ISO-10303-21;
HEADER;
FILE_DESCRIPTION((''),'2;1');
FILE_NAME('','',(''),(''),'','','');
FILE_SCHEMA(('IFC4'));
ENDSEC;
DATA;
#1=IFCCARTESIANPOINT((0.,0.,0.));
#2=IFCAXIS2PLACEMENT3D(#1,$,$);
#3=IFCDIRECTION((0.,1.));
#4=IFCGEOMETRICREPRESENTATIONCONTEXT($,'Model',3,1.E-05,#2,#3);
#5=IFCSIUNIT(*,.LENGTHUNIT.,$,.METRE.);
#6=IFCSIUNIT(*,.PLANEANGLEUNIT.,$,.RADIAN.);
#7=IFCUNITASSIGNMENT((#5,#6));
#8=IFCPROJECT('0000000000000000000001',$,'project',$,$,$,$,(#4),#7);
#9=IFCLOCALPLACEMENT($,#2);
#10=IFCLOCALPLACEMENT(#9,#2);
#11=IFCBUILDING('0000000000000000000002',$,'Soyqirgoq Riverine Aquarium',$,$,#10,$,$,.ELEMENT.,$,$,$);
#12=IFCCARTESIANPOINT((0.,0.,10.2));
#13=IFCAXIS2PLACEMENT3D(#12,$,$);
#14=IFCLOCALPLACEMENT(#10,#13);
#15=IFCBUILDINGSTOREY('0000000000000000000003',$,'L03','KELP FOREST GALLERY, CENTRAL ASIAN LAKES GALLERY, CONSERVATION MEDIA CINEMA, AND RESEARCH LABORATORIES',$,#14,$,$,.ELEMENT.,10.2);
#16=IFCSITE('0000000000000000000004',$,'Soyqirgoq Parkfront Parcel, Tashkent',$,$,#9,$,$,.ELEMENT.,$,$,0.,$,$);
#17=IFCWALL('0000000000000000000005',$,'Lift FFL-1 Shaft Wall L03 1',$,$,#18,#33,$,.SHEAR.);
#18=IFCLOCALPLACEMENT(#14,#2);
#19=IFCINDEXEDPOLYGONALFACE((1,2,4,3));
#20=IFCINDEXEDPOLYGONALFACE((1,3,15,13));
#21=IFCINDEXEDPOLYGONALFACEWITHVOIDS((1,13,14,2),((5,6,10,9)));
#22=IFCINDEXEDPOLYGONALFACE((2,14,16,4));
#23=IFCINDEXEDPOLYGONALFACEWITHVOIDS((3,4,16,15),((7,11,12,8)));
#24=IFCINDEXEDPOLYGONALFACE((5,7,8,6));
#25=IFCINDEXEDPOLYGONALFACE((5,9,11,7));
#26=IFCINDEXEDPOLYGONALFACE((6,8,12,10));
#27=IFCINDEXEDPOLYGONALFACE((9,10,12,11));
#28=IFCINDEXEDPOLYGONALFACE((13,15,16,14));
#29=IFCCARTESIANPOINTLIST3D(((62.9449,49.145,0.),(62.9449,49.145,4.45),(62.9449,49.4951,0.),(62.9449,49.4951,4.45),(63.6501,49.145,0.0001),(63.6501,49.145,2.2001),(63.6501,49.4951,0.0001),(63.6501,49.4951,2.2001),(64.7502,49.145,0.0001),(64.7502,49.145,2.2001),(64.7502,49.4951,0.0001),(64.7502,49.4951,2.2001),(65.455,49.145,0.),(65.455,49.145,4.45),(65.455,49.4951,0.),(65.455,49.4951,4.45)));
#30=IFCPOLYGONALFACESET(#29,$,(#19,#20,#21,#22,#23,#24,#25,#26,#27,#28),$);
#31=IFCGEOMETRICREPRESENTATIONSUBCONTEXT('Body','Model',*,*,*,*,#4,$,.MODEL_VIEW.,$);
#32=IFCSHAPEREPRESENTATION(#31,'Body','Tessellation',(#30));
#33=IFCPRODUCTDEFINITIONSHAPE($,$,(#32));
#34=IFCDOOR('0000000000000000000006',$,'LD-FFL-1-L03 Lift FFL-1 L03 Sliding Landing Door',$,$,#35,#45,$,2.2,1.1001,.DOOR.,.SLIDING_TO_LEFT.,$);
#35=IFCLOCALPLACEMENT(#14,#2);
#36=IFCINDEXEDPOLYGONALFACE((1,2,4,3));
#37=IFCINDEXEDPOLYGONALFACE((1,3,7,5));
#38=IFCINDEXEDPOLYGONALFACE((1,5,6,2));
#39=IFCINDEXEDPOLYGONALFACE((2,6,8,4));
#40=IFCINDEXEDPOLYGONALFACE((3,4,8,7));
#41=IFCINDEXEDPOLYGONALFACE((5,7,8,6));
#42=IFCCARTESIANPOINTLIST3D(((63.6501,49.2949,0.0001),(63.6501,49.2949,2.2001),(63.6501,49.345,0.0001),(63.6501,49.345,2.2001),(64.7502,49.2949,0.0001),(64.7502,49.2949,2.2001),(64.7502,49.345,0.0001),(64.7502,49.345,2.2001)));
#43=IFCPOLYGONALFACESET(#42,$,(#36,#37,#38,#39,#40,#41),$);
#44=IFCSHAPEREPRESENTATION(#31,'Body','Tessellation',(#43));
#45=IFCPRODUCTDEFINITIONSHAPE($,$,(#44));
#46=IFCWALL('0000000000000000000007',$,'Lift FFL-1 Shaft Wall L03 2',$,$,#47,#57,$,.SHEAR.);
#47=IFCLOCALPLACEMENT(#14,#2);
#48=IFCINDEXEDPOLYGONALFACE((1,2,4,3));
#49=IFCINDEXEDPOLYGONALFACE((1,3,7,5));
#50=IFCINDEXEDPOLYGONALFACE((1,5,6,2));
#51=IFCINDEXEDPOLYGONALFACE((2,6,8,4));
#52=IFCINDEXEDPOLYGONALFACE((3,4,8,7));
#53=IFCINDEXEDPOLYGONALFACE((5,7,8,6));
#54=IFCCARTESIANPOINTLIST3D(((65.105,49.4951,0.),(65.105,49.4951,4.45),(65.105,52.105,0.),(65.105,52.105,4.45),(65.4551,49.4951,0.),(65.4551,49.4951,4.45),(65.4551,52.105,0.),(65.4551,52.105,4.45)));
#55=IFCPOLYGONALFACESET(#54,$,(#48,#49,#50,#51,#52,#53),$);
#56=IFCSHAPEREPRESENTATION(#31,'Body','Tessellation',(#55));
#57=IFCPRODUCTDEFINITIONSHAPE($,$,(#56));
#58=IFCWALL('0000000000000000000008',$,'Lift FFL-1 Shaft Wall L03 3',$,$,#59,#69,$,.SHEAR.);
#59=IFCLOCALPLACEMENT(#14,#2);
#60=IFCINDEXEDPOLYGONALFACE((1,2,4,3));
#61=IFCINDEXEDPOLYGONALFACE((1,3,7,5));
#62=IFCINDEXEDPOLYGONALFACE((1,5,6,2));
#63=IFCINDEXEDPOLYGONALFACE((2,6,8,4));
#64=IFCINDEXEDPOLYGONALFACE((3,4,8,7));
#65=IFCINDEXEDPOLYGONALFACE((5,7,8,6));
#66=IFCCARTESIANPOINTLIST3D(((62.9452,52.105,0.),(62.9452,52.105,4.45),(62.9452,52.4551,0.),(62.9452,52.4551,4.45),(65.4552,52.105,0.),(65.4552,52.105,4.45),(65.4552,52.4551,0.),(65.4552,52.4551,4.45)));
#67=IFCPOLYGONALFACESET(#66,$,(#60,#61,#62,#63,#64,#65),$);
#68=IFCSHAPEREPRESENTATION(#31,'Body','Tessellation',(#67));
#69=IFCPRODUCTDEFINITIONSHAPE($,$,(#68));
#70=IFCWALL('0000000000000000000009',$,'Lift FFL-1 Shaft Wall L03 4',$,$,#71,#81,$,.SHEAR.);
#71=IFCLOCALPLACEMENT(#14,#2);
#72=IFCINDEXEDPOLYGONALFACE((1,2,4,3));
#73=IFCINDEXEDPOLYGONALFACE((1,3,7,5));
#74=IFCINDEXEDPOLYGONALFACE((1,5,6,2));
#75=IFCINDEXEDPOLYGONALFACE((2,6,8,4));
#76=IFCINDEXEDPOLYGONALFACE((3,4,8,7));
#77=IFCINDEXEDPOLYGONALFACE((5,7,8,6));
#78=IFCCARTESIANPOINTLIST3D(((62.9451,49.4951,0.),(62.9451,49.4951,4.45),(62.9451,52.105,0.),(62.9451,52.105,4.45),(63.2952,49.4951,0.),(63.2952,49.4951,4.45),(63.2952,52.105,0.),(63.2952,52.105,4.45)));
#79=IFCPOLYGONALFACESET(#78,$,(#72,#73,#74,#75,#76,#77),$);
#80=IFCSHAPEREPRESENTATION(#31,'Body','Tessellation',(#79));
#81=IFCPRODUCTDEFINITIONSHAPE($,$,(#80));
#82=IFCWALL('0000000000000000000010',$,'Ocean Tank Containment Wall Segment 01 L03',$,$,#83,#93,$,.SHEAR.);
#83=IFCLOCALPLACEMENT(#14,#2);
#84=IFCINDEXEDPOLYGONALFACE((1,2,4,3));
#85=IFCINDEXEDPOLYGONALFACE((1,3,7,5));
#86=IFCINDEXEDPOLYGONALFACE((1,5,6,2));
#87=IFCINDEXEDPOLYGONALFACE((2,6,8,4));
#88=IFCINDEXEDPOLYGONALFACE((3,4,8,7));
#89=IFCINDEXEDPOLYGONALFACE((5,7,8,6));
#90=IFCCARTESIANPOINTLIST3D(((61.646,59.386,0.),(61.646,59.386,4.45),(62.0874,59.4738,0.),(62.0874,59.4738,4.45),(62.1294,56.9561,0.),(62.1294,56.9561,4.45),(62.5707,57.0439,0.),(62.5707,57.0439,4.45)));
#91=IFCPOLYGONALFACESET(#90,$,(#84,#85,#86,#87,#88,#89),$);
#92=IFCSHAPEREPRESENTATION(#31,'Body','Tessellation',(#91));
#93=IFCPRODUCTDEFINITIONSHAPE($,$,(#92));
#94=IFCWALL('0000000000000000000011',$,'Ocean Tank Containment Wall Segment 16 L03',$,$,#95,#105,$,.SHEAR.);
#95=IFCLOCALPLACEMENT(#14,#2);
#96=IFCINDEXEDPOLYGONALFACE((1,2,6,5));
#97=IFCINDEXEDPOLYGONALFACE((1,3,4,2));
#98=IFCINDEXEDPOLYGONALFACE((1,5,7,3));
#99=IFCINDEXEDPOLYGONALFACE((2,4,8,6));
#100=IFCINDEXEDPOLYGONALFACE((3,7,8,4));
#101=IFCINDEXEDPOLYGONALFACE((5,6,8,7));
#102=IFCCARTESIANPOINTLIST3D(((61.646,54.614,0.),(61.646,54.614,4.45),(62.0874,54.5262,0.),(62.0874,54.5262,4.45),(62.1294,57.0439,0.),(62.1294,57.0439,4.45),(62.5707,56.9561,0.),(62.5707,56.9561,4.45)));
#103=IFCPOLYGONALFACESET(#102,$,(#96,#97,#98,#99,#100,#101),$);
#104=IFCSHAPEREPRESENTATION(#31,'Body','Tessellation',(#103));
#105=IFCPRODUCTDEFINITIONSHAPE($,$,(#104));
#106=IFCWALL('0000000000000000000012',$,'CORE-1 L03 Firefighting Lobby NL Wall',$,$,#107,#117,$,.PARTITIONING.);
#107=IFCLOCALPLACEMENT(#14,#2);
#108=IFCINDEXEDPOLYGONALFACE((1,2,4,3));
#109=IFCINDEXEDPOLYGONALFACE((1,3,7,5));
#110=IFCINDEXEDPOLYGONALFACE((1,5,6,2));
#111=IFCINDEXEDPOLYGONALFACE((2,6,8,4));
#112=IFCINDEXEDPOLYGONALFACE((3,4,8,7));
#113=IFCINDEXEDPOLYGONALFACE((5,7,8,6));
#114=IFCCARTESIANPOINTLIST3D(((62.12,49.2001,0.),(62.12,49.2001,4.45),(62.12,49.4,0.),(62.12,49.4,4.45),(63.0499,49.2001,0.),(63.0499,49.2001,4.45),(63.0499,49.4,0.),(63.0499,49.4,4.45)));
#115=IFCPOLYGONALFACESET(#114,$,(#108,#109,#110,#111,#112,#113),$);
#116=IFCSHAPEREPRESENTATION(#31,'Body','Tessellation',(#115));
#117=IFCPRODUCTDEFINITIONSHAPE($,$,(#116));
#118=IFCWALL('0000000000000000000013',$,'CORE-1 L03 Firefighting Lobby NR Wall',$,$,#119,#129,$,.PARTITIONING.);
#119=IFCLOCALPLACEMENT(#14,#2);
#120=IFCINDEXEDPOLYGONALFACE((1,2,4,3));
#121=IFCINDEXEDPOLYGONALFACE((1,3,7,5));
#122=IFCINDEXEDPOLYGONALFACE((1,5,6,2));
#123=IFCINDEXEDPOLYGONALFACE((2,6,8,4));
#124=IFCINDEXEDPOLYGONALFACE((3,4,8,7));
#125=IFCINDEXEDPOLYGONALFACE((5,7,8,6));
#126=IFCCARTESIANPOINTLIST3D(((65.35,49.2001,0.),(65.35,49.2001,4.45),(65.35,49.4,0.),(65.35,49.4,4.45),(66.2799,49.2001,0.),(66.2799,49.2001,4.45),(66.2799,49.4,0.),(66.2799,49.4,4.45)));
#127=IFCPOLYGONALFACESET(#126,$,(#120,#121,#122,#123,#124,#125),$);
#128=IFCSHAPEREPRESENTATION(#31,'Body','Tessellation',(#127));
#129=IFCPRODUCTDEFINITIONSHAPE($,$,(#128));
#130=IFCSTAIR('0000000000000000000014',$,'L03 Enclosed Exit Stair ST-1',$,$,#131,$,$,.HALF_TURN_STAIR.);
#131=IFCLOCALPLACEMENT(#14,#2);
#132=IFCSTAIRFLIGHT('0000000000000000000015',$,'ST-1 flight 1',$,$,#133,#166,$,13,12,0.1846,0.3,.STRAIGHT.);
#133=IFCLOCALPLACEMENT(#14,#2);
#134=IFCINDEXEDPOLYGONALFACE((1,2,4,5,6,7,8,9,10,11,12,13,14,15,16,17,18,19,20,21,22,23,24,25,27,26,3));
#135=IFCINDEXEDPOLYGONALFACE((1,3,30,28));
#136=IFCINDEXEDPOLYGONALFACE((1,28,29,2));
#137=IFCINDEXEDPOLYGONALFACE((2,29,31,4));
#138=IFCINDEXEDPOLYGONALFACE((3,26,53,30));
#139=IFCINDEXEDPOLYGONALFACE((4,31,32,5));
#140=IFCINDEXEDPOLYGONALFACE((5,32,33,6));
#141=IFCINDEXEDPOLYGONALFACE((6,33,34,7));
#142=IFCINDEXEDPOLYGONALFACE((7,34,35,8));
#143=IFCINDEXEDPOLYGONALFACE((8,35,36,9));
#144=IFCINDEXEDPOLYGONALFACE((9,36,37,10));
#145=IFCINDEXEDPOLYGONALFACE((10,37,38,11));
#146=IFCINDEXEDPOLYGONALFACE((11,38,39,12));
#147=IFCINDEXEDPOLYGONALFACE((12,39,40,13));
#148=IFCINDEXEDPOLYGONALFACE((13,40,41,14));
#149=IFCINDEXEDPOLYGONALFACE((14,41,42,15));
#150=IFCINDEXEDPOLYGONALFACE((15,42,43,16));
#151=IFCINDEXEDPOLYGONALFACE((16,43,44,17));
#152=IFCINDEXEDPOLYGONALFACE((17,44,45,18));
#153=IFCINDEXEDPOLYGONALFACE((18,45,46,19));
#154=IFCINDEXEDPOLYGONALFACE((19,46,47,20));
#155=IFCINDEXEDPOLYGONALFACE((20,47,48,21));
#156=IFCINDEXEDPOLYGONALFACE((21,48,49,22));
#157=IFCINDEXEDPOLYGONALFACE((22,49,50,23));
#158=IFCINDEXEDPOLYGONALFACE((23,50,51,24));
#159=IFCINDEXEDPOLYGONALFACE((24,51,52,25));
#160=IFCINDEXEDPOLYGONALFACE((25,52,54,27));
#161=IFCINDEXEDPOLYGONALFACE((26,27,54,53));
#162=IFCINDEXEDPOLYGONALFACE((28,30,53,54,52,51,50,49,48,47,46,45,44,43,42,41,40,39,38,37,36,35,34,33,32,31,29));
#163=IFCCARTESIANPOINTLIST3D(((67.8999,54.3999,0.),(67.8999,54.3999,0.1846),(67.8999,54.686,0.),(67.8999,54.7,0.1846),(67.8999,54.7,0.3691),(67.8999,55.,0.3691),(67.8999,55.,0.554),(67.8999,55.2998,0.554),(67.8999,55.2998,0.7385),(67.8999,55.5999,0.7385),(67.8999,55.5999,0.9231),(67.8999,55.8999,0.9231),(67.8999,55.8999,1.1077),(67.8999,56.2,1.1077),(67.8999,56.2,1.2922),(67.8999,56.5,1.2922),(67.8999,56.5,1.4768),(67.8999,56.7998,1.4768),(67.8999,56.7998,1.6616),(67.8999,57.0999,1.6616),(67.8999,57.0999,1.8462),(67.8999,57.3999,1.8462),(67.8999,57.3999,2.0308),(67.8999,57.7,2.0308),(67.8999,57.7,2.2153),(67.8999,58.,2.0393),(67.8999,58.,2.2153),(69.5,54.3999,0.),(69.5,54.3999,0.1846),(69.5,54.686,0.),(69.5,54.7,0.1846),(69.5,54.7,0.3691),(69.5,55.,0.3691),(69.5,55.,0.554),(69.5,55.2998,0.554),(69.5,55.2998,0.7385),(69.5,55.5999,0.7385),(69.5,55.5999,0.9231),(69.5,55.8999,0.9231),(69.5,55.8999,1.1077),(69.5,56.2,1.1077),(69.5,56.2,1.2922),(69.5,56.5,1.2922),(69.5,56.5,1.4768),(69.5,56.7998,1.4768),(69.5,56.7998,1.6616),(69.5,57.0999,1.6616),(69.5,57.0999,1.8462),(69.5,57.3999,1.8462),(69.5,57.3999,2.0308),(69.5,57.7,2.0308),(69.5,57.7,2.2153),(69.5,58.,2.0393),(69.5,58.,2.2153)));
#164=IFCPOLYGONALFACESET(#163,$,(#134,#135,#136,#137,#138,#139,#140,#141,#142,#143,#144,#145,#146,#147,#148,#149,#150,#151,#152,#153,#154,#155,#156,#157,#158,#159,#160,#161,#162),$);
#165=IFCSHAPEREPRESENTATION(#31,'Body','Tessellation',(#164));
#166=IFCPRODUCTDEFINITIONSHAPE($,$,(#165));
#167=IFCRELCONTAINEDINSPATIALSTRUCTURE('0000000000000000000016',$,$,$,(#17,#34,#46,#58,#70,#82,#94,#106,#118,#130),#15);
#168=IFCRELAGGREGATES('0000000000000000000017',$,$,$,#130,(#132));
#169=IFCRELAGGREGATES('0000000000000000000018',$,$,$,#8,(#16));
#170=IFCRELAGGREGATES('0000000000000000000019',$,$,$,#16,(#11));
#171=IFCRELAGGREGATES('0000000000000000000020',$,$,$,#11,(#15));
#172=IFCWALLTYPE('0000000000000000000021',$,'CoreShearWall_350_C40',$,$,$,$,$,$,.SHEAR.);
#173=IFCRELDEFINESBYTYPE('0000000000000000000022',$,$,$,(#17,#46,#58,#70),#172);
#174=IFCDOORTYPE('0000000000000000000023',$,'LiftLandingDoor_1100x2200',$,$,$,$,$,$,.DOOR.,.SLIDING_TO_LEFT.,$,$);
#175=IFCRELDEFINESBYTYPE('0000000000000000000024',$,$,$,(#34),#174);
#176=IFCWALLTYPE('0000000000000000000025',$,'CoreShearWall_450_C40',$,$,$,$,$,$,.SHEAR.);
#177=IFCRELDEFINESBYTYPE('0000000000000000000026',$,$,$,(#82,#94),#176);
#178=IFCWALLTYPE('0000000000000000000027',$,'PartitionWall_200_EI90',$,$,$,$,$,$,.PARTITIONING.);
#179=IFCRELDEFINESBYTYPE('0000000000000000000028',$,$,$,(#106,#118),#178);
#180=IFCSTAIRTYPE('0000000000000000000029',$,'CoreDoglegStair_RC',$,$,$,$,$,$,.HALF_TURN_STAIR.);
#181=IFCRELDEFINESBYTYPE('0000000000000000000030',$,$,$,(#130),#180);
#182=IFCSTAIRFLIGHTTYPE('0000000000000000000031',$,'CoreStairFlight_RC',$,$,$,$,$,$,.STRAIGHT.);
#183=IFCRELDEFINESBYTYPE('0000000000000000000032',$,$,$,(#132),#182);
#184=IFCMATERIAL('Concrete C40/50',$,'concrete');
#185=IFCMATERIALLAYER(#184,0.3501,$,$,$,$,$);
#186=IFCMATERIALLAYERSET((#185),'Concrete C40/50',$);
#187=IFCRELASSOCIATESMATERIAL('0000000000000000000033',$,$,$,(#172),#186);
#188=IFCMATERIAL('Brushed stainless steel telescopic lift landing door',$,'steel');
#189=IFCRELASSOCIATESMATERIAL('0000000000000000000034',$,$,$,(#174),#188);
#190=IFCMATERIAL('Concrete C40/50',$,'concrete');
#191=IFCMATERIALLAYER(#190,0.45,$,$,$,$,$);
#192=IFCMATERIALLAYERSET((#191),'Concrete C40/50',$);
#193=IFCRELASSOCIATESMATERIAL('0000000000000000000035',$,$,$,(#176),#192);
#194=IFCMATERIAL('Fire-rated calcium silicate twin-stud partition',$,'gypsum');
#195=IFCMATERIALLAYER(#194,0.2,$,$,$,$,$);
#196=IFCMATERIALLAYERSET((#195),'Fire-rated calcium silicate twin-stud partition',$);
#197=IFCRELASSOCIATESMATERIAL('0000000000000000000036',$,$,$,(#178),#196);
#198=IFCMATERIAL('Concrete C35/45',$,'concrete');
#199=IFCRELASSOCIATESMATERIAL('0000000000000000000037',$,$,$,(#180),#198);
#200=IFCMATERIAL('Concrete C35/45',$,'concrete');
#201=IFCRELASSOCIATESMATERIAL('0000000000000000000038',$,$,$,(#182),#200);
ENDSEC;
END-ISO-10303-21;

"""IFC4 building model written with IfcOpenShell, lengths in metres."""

from ifc_helpers import new_model, si_unit, direction, frame, frame_2d, origin, place, context, subcontext, project, spatial, polyline, rectangle, outline, extrude, material, layer, layer_set, type_object, element, fill, aggregate, save


model = new_model("IFC4")

# Units and contexts
model_context = context("Model", 3, precision=1e-05, world=origin(), true_north=direction((0.0, 1.0)))
body_context = subcontext(model_context, "Body", "Model", "MODEL_VIEW")
ifc_project = project(units=[si_unit("LENGTHUNIT", "METRE"), si_unit("PLANEANGLEUNIT", "RADIAN")], contexts=[model_context])

# Site, building, storey
site_placement = place(None, origin())
site = spatial("IfcSite", under=ifc_project, at=site_placement, Name="Soyqirgoq Parkfront Parcel, Tashkent", CompositionType="ELEMENT", RefElevation=0.0)
building_placement = place(site_placement, origin())
building = spatial("IfcBuilding", under=site, at=building_placement, Name="Soyqirgoq Riverine Aquarium", CompositionType="ELEMENT")
storey_placement = place(building_placement, frame((0.0, 0.0, 10.2)))
storey = spatial("IfcBuildingStorey", under=building, at=storey_placement, Name="L03", Description="KELP FOREST GALLERY, CENTRAL ASIAN LAKES GALLERY, CONSERVATION MEDIA CINEMA, AND RESEARCH LABORATORIES", CompositionType="ELEMENT", Elevation=10.2)

# Shared definitions
ifc_material_1 = material(Name="Concrete C40/50", Category="concrete")
ifc_layer_1 = layer(ifc_material_1, 0.3501)
ifc_layer_set_1 = layer_set([ifc_layer_1], Name="Concrete C40/50")
wall_type_1 = type_object("IfcWallType", Name="CoreShearWall_350_C40", PredefinedType="SHEAR", material=ifc_layer_set_1)

# Wall, opening, door
wall_1_placement = place(storey_placement, frame((62.9451, 49.3201, 0.0), z_axis=(0.0, 0.0, 1.0), x_axis=(1.0, 0.0, 0.0)))
wall_1 = element("IfcWall", 1, at=wall_1_placement, inside=storey, type_object=wall_type_1, Name="Lift FFL-1 Shaft Wall L03 1", PredefinedType="SHEAR", context=body_context, shape_type="SweptSolid", body=[
    extrude(rectangle(XDim=2.51, YDim=0.3501, at=frame_2d((1.2549, 0.0))), origin(), (0.0, 0.0, 1.0), 4.45),
])
opening_1_placement = place(wall_1_placement, frame((0.7051, 0.0, 0.0)))
opening_1 = element("IfcOpeningElement", 2, at=opening_1_placement, cuts=wall_1, PredefinedType="OPENING", context=body_context, shape_type="SweptSolid", body=[
    extrude(rectangle(XDim=1.1001, YDim=2.2, at=frame_2d((0.55, 1.1001))), frame((0.0, 0.1851, 0.0), z_axis=(0.0, -1.0, 0.0), x_axis=(1.0, 0.0, 0.0)), (0.0, 0.0, 1.0), 0.3701),
])
ifc_material_2 = material(Name="Brushed stainless steel telescopic lift landing door", Category="steel")
door_type_1 = type_object("IfcDoorType", Name="LiftLandingDoor_1100x2200", OperationType="SLIDING_TO_LEFT", PredefinedType="DOOR", material=ifc_material_2)
door_1_placement = place(opening_1_placement, origin())
door_1 = element("IfcDoor", 3, at=door_1_placement, inside=storey, type_object=door_type_1, Name="LD-FFL-1-L03 Lift FFL-1 L03 Sliding Landing Door", OperationType="SLIDING_TO_LEFT", OverallHeight=2.2, OverallWidth=1.1001, PredefinedType="DOOR", context=body_context, shape_type="SweptSolid", body=[
    extrude(rectangle(XDim=1.1001, YDim=2.2, at=frame_2d((0.55, 1.1001))), frame((0.0, 0.0249, 0.0), z_axis=(0.0, -1.0, 0.0), x_axis=(1.0, 0.0, 0.0)), (0.0, 0.0, 1.0), 0.05),
])
fill(opening_1, door_1)

# Walls
wall_2_placement = place(storey_placement, frame((65.28, 49.4951, 0.0), z_axis=(0.0, 0.0, 1.0), x_axis=(0.0, 1.0, 0.0)))
element("IfcWall", 4, at=wall_2_placement, inside=storey, type_object=wall_type_1, Name="Lift FFL-1 Shaft Wall L03 2", PredefinedType="SHEAR", context=body_context, shape_type="SweptSolid", body=[
    extrude(rectangle(XDim=2.6099, YDim=0.3501, at=frame_2d((1.3049, 0.0))), origin(), (0.0, 0.0, 1.0), 4.45),
])
wall_3_placement = place(storey_placement, frame((65.4551, 52.28, 0.0), z_axis=(0.0, 0.0, 1.0), x_axis=(-1.0, 0.0, 0.0)))
element("IfcWall", 5, at=wall_3_placement, inside=storey, type_object=wall_type_1, Name="Lift FFL-1 Shaft Wall L03 3", PredefinedType="SHEAR", context=body_context, shape_type="SweptSolid", body=[
    extrude(rectangle(XDim=2.51, YDim=0.3501, at=frame_2d((1.2549, 0.0))), origin(), (0.0, 0.0, 1.0), 4.45),
])
wall_4_placement = place(storey_placement, frame((63.1201, 52.105, 0.0), z_axis=(0.0, 0.0, 1.0), x_axis=(0.0, -1.0, 0.0)))
element("IfcWall", 6, at=wall_4_placement, inside=storey, type_object=wall_type_1, Name="Lift FFL-1 Shaft Wall L03 4", PredefinedType="SHEAR", context=body_context, shape_type="SweptSolid", body=[
    extrude(rectangle(XDim=2.6099, YDim=0.3501, at=frame_2d((1.3049, 0.0))), origin(), (0.0, 0.0, 1.0), 4.45),
])
ifc_material_3 = material(Name="Concrete C40/50", Category="concrete")
ifc_layer_2 = layer(ifc_material_3, 0.45)
ifc_layer_set_2 = layer_set([ifc_layer_2], Name="Concrete C40/50")
wall_type_2 = type_object("IfcWallType", Name="CoreShearWall_450_C40", PredefinedType="SHEAR", material=ifc_layer_set_2)
for number, where, z_axis, x_axis, name in (
    (7, (62.3501, 57.0, 0.0), (0.0, 0.0, 1.0), (-0.195112, 0.980781, 0.0), "Ocean Tank Containment Wall Segment 01 L03"),
    (8, (61.8667, 54.5701, 0.0), (0.0, 0.0, 1.0), (0.195112, 0.980781, 0.0), "Ocean Tank Containment Wall Segment 16 L03"),
):
    element("IfcWall", number, at=place(storey_placement, frame(where, z_axis=z_axis, x_axis=x_axis)), inside=storey, type_object=wall_type_2, Name=name, PredefinedType="SHEAR", context=body_context, shape_type="SweptSolid", body=[
        extrude(rectangle(XDim=2.4775, YDim=0.45, at=frame_2d((1.2388, 0.0))), origin(), (0.0, 0.0, 1.0), 4.45),
    ])
ifc_material_4 = material(Name="Fire-rated calcium silicate twin-stud partition", Category="gypsum")
ifc_layer_3 = layer(ifc_material_4, 0.2)
ifc_layer_set_3 = layer_set([ifc_layer_3], Name="Fire-rated calcium silicate twin-stud partition")
wall_type_3 = type_object("IfcWallType", Name="PartitionWall_200_EI90", PredefinedType="PARTITIONING", material=ifc_layer_set_3)
for number, where, z_axis, x_axis, name in (
    (9, (62.1201, 49.3, 0.0), (0.0, 0.0, 1.0), (1.0, 0.0, 0.0), "CORE-1 L03 Firefighting Lobby NL Wall"),
    (10, (65.3501, 49.3, 0.0), (0.0, 0.0, 1.0), (1.0, 0.0, 0.0), "CORE-1 L03 Firefighting Lobby NR Wall"),
):
    element("IfcWall", number, at=place(storey_placement, frame(where, z_axis=z_axis, x_axis=x_axis)), inside=storey, type_object=wall_type_3, Name=name, PredefinedType="PARTITIONING", context=body_context, shape_type="SweptSolid", body=[
        extrude(rectangle(XDim=0.9299, YDim=0.2, at=frame_2d((0.4648, 0.0))), origin(), (0.0, 0.0, 1.0), 4.45),
    ])

# Stair, stair flight
ifc_material_5 = material(Name="Concrete C35/45", Category="concrete")
stair_type = type_object("IfcStairType", Name="CoreDoglegStair_RC", PredefinedType="HALF_TURN_STAIR", material=ifc_material_5)
stair_placement = place(storey_placement, origin())
stair = element("IfcStair", 11, at=stair_placement, inside=storey, type_object=stair_type, Name="L03 Enclosed Exit Stair ST-1", PredefinedType="HALF_TURN_STAIR")
ifc_material_6 = material(Name="Concrete C35/45", Category="concrete")
stair_flight_type = type_object("IfcStairFlightType", Name="CoreStairFlight_RC", PredefinedType="STRAIGHT", material=ifc_material_6)
stair_flight_placement = place(storey_placement, frame((68.7, 54.3999, 0.0), z_axis=(0.0, 0.0, 1.0), x_axis=(0.0, 1.0, 0.0)))
stair_flight = element("IfcStairFlight", 12, at=stair_flight_placement, type_object=stair_flight_type, Name="ST-1 flight 1", NumberOfRisers=13, NumberOfTreads=12, PredefinedType="STRAIGHT", RiserHeight=0.1846, TreadLength=0.3, context=body_context, shape_type="SweptSolid", body=[
    extrude(outline(polyline([(0.0, 0.0), (0.0, 0.1846), (0.3, 0.1846), (0.3, 0.3691), (0.6001, 0.3691), (0.6001, 0.554), (0.8999, 0.554), (0.8999, 0.7385), (1.2, 0.7385), (1.2, 0.9231), (1.5, 0.9231), (1.5, 1.1077), (1.8, 1.1077), (1.8, 1.2922), (2.1001, 1.2922), (2.1001, 1.4768), (2.3999, 1.4768), (2.3999, 1.6616), (2.7, 1.6616), (2.7, 1.8462), (3.0, 1.8462), (3.0, 2.0308), (3.3, 2.0308), (3.3, 2.2153), (3.6001, 2.2153), (3.6001, 2.3999), (3.6001, 2.0393), (0.2861, 0.0), (0.0, 0.0)])), frame((0.0, 0.8, 0.0), z_axis=(0.0, -1.0, 0.0), x_axis=(1.0, 0.0, 0.0)), (0.0, 0.0, 1.0), 1.6001),
])
aggregate(stair, [stair_flight])

save(model, "model.ifc")
